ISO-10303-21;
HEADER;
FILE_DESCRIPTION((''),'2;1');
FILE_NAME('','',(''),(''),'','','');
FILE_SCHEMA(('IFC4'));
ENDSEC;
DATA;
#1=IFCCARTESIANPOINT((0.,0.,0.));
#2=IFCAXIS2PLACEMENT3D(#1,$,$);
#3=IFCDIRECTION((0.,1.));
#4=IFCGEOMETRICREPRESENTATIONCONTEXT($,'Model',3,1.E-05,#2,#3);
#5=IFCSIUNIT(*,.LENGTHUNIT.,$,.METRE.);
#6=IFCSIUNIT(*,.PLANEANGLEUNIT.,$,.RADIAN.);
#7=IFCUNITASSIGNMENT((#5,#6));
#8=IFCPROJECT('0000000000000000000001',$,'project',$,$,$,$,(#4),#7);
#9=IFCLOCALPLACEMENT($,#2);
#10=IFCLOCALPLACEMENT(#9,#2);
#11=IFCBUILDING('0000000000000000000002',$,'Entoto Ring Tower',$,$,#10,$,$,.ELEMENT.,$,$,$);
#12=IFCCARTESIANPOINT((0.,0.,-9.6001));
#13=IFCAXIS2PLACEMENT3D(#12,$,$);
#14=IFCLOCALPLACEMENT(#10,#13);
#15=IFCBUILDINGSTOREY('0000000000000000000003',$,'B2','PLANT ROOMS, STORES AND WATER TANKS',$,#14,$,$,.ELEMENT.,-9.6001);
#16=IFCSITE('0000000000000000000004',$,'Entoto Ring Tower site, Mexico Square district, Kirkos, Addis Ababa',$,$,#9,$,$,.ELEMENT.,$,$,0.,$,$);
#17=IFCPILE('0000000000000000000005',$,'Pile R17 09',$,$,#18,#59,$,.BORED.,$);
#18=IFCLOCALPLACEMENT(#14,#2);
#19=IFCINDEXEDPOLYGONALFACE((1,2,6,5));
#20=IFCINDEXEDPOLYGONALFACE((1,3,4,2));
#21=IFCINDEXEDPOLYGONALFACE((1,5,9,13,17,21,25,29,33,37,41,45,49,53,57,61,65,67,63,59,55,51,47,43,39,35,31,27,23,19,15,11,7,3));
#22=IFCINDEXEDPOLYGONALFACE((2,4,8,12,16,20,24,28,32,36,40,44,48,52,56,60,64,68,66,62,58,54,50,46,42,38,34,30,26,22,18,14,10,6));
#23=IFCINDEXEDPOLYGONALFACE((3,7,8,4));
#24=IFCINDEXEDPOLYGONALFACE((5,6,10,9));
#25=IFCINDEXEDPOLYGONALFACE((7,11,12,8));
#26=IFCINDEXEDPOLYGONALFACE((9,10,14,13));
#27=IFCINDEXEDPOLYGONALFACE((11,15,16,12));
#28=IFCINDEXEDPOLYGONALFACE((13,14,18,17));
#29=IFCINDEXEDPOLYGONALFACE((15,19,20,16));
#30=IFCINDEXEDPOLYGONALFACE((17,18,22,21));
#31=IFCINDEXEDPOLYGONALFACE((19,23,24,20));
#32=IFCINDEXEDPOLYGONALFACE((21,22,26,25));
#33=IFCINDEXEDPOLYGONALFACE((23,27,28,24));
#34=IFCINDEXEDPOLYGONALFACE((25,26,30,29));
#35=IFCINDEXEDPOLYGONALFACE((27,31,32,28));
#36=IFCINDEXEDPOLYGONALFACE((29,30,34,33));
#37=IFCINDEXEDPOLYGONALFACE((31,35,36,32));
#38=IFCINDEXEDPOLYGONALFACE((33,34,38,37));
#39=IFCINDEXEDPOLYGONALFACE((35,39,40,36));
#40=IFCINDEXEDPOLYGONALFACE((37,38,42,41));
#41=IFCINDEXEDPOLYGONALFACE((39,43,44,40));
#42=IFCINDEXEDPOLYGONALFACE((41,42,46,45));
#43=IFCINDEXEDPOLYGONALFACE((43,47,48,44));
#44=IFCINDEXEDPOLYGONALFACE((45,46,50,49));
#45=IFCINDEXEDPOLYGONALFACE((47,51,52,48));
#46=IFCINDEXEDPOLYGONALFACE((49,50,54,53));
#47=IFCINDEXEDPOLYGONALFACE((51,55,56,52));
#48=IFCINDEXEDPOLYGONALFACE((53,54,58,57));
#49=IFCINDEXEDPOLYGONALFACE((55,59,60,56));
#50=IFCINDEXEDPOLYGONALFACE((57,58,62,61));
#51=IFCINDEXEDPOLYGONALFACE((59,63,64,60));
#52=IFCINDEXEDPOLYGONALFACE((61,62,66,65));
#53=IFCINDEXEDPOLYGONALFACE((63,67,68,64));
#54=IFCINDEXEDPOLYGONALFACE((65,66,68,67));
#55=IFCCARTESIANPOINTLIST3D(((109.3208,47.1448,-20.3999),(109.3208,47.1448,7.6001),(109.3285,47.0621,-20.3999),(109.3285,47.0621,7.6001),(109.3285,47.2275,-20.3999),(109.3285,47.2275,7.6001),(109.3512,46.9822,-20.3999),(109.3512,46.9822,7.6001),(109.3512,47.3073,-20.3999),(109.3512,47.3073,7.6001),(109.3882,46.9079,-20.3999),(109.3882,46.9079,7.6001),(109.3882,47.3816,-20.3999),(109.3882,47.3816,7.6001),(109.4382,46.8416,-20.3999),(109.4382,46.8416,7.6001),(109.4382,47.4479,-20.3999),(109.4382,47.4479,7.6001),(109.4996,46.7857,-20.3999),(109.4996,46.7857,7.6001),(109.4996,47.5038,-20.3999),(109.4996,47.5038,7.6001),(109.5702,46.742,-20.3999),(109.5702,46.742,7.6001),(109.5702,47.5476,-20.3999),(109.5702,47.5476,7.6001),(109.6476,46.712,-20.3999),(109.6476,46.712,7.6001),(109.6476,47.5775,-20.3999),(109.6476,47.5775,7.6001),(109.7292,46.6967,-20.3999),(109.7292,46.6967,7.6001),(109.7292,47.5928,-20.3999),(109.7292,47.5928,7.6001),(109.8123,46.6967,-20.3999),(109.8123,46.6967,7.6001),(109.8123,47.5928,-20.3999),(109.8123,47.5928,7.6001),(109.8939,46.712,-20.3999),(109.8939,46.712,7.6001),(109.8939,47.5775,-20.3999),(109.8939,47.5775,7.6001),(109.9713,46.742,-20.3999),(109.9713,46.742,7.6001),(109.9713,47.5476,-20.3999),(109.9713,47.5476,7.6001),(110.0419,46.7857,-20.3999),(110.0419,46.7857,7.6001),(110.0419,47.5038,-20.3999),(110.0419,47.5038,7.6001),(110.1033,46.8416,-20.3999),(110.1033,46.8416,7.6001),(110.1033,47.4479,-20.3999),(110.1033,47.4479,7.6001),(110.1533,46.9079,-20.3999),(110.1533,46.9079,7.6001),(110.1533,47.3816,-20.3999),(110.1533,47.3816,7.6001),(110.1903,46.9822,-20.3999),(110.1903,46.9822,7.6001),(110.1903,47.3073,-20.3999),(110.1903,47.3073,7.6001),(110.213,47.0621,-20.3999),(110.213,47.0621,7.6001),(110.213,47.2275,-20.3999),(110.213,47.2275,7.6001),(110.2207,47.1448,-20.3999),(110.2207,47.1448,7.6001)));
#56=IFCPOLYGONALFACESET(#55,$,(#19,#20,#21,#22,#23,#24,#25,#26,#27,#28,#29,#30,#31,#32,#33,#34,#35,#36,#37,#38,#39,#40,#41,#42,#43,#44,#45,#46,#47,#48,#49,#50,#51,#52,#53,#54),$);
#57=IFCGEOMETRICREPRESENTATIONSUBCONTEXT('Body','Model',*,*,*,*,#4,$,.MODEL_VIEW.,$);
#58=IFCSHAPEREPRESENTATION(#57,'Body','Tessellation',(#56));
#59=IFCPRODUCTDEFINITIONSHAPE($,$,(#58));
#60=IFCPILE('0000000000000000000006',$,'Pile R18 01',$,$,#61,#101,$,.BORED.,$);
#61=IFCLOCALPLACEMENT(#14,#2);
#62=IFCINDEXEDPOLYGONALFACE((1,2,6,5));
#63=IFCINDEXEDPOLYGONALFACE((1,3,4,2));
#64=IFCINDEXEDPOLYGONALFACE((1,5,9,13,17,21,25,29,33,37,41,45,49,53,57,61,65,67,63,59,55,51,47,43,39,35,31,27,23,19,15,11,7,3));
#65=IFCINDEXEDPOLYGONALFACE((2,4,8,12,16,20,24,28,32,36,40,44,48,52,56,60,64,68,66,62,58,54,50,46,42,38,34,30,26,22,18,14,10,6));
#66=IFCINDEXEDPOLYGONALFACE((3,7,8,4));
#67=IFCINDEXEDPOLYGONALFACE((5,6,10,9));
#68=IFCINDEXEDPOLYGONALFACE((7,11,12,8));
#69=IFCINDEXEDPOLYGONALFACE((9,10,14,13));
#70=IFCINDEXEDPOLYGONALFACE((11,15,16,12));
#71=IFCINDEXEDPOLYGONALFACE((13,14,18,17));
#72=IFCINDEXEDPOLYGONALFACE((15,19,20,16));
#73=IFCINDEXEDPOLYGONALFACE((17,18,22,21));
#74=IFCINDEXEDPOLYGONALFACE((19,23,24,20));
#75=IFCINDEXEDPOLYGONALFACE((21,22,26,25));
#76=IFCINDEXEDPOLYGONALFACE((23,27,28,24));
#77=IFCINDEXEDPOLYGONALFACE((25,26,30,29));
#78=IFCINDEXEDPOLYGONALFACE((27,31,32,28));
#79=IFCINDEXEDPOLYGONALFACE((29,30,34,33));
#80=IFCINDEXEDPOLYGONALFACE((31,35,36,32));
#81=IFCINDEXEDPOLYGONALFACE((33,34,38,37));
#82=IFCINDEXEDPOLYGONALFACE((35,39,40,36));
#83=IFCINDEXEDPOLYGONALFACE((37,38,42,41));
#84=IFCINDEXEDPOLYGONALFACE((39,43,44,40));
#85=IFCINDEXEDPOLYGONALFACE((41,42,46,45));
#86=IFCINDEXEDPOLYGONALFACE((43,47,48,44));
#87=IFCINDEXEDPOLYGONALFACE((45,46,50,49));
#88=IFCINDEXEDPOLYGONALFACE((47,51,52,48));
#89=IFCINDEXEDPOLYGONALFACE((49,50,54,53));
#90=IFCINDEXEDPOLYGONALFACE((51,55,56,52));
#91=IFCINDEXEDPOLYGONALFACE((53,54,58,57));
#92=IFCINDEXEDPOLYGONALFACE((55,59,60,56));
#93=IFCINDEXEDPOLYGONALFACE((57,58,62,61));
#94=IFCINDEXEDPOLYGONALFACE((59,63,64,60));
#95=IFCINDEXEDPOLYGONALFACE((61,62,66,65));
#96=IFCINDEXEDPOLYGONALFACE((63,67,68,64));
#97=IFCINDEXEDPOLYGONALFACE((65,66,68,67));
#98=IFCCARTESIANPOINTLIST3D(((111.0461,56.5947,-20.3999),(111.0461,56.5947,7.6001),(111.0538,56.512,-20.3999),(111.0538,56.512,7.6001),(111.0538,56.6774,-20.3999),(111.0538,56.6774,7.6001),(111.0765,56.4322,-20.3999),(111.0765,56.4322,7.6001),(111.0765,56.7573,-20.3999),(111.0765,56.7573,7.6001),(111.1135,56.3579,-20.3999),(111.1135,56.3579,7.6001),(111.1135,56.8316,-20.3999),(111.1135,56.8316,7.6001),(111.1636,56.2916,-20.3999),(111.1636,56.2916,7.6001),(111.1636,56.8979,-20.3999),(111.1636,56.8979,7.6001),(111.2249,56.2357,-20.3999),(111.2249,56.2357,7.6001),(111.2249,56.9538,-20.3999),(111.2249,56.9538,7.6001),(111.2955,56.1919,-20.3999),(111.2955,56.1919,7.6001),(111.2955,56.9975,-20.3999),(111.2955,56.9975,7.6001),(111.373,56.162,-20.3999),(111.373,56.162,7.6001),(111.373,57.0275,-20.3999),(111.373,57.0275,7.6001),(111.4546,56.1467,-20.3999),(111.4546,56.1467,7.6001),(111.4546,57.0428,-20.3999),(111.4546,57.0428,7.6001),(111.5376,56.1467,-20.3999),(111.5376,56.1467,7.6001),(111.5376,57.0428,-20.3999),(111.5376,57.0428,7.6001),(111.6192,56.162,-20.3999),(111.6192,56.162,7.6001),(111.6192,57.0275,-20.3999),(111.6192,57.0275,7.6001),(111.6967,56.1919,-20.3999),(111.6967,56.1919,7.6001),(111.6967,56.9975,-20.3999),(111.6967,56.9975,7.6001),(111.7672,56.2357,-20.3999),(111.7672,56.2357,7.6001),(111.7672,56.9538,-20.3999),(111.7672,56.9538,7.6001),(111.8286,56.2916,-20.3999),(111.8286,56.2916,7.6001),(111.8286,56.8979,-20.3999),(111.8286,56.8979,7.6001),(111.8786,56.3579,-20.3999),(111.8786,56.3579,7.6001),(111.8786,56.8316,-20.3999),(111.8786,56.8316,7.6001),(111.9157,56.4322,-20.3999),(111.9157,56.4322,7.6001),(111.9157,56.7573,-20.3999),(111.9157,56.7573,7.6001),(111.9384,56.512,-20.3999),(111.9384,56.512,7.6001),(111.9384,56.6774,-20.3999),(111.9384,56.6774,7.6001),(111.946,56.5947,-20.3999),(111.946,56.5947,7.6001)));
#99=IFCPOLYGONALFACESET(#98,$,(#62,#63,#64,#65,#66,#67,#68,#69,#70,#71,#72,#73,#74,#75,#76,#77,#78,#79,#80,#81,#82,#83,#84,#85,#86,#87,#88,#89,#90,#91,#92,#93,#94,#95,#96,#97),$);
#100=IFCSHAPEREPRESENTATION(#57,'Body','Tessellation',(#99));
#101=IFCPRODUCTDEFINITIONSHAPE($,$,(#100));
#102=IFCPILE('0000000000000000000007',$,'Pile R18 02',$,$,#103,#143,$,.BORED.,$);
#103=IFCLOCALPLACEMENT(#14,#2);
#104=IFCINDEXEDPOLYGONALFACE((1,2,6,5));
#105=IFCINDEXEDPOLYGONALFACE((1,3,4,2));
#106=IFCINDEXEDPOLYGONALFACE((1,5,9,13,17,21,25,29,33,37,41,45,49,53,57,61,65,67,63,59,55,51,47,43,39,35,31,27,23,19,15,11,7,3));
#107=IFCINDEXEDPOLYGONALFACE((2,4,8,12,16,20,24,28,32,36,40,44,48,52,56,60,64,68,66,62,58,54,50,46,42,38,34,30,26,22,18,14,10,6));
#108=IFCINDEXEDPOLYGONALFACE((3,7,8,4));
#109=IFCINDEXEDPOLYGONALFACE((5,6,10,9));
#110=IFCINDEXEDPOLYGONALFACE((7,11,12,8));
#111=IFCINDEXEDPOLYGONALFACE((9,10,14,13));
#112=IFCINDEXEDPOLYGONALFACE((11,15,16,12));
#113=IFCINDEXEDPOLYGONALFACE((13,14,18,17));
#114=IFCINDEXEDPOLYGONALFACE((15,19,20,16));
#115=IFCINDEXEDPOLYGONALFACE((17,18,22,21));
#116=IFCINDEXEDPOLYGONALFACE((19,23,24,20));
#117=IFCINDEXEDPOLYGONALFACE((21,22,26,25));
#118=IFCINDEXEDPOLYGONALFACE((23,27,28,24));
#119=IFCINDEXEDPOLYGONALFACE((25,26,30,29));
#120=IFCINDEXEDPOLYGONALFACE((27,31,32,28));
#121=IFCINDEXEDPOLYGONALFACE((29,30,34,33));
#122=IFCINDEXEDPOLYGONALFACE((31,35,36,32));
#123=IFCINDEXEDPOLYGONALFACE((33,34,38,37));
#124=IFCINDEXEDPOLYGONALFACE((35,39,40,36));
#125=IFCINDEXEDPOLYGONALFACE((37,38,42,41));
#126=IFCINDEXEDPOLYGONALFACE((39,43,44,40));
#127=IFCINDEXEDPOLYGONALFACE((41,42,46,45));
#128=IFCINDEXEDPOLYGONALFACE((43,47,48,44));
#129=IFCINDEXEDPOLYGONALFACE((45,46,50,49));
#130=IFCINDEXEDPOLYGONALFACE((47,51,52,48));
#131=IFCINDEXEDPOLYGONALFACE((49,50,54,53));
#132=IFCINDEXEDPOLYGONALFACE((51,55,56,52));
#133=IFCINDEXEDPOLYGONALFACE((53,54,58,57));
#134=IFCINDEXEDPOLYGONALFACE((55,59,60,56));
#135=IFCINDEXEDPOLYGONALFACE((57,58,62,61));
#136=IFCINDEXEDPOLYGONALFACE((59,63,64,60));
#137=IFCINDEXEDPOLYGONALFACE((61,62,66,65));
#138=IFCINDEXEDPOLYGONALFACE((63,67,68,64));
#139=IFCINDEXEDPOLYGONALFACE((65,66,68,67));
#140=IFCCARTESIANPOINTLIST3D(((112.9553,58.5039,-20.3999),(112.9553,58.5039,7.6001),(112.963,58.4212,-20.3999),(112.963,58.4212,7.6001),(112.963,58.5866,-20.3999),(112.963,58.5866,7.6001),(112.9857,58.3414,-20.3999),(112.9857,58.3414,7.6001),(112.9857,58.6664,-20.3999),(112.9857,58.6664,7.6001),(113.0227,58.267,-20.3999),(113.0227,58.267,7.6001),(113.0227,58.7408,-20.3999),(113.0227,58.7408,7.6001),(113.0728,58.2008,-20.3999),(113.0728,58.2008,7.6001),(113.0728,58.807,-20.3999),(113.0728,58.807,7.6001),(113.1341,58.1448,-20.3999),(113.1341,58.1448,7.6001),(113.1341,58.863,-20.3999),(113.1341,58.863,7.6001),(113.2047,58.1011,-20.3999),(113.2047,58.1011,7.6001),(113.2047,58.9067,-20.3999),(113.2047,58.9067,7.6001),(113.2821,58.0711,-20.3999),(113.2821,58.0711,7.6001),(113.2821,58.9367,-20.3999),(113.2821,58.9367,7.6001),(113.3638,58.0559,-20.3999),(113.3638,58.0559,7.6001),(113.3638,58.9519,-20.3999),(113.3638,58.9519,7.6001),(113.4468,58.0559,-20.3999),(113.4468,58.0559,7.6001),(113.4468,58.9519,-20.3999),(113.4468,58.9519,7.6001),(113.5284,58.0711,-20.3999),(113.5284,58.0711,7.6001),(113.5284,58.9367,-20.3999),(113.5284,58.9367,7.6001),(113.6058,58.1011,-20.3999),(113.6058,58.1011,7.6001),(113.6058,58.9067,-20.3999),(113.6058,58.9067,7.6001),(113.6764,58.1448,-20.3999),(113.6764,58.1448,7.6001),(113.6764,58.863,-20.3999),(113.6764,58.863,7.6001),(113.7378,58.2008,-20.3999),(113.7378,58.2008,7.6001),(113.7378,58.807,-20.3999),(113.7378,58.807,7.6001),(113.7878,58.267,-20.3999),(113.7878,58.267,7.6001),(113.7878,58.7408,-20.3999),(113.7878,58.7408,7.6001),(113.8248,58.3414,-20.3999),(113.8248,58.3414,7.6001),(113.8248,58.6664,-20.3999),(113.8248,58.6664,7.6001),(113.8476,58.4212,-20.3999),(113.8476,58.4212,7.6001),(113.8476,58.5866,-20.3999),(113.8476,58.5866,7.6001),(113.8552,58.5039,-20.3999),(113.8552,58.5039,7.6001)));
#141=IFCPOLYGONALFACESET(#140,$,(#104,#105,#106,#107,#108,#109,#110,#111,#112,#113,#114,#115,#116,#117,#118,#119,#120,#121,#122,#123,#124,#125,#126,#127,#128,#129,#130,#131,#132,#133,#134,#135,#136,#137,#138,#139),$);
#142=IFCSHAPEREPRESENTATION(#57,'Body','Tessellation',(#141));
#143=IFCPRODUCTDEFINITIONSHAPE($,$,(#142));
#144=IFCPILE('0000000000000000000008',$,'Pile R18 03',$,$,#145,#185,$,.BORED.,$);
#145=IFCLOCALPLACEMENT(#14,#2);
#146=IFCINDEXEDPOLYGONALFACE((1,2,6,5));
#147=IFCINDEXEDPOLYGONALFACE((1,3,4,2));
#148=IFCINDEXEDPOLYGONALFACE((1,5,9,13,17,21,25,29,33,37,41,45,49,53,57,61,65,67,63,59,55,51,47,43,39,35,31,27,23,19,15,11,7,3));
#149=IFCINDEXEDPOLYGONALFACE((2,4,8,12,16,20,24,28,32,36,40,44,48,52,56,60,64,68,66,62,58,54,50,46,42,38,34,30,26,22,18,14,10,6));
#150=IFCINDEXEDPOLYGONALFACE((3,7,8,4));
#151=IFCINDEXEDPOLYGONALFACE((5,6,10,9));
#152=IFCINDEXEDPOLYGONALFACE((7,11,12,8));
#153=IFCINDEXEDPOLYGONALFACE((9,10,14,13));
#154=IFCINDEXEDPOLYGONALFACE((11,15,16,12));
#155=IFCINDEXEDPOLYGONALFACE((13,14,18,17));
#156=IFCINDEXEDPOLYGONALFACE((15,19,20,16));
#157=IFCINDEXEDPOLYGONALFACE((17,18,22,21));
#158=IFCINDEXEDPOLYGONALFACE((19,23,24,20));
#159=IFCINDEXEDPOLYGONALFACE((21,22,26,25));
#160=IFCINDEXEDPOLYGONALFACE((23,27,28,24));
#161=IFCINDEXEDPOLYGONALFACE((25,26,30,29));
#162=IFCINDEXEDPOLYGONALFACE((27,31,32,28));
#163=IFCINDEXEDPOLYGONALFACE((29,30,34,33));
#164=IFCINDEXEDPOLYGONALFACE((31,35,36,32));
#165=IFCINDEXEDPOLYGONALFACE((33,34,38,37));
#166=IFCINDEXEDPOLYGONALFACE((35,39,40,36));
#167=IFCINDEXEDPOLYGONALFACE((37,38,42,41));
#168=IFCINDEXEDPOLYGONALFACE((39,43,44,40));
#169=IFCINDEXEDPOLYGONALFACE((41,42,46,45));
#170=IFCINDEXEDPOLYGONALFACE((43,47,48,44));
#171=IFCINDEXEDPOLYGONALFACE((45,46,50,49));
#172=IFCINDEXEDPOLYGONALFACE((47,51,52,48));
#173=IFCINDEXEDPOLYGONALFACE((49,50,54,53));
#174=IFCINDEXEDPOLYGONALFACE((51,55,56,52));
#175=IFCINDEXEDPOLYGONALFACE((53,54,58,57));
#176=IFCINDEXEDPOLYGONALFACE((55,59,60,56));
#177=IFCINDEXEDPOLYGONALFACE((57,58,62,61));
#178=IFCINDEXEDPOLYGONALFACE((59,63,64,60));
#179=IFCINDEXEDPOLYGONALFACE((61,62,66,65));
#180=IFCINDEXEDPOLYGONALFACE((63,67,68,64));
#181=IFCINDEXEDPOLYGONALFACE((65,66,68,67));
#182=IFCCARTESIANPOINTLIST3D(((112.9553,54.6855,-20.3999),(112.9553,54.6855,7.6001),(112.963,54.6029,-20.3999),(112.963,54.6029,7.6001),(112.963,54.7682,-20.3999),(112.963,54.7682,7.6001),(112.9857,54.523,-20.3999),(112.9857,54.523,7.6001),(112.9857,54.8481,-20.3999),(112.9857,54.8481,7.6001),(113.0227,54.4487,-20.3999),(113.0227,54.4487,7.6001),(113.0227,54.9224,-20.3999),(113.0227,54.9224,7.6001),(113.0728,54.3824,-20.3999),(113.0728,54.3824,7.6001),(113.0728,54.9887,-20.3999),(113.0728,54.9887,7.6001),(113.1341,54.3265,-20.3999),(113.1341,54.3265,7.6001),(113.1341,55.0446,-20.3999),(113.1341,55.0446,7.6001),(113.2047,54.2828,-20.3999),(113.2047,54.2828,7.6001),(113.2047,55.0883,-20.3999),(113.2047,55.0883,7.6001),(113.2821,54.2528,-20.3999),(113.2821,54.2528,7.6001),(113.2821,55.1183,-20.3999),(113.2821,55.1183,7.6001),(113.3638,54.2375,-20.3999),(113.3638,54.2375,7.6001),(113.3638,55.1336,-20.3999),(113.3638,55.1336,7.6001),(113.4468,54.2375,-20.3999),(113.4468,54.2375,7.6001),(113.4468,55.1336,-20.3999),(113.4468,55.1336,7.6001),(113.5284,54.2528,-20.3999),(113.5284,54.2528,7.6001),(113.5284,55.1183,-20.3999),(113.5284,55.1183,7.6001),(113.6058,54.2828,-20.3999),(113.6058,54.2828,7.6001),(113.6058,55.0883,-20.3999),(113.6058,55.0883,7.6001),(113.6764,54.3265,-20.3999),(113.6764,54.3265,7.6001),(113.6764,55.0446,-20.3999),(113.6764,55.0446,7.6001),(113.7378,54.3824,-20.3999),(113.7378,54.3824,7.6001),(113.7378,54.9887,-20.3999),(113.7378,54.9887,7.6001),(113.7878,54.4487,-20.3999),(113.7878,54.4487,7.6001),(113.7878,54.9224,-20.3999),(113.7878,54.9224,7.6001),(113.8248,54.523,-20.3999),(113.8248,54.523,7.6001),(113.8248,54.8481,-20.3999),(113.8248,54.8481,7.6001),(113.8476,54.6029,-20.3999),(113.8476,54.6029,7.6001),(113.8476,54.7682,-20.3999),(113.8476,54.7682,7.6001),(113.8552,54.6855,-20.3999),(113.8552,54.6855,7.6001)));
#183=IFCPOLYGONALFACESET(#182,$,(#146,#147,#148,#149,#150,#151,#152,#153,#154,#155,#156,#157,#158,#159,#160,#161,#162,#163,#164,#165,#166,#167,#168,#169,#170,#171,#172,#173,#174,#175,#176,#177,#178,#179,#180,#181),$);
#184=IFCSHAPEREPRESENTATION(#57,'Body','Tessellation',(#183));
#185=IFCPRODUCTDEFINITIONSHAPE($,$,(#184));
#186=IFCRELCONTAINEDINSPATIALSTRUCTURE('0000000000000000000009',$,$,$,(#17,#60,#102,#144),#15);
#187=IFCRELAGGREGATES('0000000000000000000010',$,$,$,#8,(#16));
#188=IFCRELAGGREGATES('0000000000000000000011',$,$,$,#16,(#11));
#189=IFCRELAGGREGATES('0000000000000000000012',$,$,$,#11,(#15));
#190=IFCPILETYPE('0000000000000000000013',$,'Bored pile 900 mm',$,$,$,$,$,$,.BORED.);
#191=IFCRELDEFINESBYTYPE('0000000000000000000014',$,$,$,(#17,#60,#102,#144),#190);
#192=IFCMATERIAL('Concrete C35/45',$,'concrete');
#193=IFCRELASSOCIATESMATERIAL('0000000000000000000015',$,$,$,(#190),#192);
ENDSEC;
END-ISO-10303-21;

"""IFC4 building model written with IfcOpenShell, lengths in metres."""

from ifc_helpers import new_model, si_unit, direction, frame, origin, origin_2d, place, context, subcontext, project, spatial, circle, extrude, material, material_profile, profile_set, type_object, element, save


model = new_model("IFC4")

# Units and contexts
model_context = context("Model", 3, precision=1e-05, world=origin(), true_north=direction((0.0, 1.0)))
body_context = subcontext(model_context, "Body", "Model", "MODEL_VIEW")
ifc_project = project(units=[si_unit("LENGTHUNIT", "METRE"), si_unit("PLANEANGLEUNIT", "RADIAN")], contexts=[model_context])

# Site, building, storey
site_placement = place(None, origin())
site = spatial("IfcSite", under=ifc_project, at=site_placement, Name="Entoto Ring Tower site, Mexico Square district, Kirkos, Addis Ababa", CompositionType="ELEMENT", RefElevation=0.0)
building_placement = place(site_placement, origin())
building = spatial("IfcBuilding", under=site, at=building_placement, Name="Entoto Ring Tower", CompositionType="ELEMENT")
storey_placement = place(building_placement, frame((0.0, 0.0, -9.6001)))
storey = spatial("IfcBuildingStorey", under=building, at=storey_placement, Name="B2", Description="PLANT ROOMS, STORES AND WATER TANKS", CompositionType="ELEMENT", Elevation=-9.6001)

# Piles
ifc_material_1 = material(Name="Concrete C35/45", Category="concrete")
ifc_material_profile_1 = material_profile(ifc_material_1, circle(Radius=0.45, at=origin_2d()), Name="Bored pile 900 mm")
ifc_profile_set_1 = profile_set([ifc_material_profile_1], Name="Concrete C35/45")
pile_type = type_object("IfcPileType", Name="Bored pile 900 mm", PredefinedType="BORED", material=ifc_profile_set_1)
for number, where, z_axis, x_axis, name in (
    (1, (109.7708, 47.1448, 7.6001), (0.0, 0.0, -1.0), (1.0, 0.0, 0.0), "Pile R17 09"),
    (2, (111.4961, 56.5947, 7.6001), (0.0, 0.0, -1.0), (1.0, 0.0, 0.0), "Pile R18 01"),
    (3, (113.4053, 58.5039, 7.6001), (0.0, 0.0, -1.0), (1.0, 0.0, 0.0), "Pile R18 02"),
    (4, (113.4053, 54.6855, 7.6001), (0.0, 0.0, -1.0), (1.0, 0.0, 0.0), "Pile R18 03"),
):
    element("IfcPile", number, at=place(storey_placement, frame(where, z_axis=z_axis, x_axis=x_axis)), inside=storey, type_object=pile_type, Name=name, PredefinedType="BORED", context=body_context, shape_type="SweptSolid", body=[
        extrude(circle(Radius=0.45, at=origin_2d()), origin(), (0.0, 0.0, 1.0), 28.0),
    ])

save(model, "model.ifc")
